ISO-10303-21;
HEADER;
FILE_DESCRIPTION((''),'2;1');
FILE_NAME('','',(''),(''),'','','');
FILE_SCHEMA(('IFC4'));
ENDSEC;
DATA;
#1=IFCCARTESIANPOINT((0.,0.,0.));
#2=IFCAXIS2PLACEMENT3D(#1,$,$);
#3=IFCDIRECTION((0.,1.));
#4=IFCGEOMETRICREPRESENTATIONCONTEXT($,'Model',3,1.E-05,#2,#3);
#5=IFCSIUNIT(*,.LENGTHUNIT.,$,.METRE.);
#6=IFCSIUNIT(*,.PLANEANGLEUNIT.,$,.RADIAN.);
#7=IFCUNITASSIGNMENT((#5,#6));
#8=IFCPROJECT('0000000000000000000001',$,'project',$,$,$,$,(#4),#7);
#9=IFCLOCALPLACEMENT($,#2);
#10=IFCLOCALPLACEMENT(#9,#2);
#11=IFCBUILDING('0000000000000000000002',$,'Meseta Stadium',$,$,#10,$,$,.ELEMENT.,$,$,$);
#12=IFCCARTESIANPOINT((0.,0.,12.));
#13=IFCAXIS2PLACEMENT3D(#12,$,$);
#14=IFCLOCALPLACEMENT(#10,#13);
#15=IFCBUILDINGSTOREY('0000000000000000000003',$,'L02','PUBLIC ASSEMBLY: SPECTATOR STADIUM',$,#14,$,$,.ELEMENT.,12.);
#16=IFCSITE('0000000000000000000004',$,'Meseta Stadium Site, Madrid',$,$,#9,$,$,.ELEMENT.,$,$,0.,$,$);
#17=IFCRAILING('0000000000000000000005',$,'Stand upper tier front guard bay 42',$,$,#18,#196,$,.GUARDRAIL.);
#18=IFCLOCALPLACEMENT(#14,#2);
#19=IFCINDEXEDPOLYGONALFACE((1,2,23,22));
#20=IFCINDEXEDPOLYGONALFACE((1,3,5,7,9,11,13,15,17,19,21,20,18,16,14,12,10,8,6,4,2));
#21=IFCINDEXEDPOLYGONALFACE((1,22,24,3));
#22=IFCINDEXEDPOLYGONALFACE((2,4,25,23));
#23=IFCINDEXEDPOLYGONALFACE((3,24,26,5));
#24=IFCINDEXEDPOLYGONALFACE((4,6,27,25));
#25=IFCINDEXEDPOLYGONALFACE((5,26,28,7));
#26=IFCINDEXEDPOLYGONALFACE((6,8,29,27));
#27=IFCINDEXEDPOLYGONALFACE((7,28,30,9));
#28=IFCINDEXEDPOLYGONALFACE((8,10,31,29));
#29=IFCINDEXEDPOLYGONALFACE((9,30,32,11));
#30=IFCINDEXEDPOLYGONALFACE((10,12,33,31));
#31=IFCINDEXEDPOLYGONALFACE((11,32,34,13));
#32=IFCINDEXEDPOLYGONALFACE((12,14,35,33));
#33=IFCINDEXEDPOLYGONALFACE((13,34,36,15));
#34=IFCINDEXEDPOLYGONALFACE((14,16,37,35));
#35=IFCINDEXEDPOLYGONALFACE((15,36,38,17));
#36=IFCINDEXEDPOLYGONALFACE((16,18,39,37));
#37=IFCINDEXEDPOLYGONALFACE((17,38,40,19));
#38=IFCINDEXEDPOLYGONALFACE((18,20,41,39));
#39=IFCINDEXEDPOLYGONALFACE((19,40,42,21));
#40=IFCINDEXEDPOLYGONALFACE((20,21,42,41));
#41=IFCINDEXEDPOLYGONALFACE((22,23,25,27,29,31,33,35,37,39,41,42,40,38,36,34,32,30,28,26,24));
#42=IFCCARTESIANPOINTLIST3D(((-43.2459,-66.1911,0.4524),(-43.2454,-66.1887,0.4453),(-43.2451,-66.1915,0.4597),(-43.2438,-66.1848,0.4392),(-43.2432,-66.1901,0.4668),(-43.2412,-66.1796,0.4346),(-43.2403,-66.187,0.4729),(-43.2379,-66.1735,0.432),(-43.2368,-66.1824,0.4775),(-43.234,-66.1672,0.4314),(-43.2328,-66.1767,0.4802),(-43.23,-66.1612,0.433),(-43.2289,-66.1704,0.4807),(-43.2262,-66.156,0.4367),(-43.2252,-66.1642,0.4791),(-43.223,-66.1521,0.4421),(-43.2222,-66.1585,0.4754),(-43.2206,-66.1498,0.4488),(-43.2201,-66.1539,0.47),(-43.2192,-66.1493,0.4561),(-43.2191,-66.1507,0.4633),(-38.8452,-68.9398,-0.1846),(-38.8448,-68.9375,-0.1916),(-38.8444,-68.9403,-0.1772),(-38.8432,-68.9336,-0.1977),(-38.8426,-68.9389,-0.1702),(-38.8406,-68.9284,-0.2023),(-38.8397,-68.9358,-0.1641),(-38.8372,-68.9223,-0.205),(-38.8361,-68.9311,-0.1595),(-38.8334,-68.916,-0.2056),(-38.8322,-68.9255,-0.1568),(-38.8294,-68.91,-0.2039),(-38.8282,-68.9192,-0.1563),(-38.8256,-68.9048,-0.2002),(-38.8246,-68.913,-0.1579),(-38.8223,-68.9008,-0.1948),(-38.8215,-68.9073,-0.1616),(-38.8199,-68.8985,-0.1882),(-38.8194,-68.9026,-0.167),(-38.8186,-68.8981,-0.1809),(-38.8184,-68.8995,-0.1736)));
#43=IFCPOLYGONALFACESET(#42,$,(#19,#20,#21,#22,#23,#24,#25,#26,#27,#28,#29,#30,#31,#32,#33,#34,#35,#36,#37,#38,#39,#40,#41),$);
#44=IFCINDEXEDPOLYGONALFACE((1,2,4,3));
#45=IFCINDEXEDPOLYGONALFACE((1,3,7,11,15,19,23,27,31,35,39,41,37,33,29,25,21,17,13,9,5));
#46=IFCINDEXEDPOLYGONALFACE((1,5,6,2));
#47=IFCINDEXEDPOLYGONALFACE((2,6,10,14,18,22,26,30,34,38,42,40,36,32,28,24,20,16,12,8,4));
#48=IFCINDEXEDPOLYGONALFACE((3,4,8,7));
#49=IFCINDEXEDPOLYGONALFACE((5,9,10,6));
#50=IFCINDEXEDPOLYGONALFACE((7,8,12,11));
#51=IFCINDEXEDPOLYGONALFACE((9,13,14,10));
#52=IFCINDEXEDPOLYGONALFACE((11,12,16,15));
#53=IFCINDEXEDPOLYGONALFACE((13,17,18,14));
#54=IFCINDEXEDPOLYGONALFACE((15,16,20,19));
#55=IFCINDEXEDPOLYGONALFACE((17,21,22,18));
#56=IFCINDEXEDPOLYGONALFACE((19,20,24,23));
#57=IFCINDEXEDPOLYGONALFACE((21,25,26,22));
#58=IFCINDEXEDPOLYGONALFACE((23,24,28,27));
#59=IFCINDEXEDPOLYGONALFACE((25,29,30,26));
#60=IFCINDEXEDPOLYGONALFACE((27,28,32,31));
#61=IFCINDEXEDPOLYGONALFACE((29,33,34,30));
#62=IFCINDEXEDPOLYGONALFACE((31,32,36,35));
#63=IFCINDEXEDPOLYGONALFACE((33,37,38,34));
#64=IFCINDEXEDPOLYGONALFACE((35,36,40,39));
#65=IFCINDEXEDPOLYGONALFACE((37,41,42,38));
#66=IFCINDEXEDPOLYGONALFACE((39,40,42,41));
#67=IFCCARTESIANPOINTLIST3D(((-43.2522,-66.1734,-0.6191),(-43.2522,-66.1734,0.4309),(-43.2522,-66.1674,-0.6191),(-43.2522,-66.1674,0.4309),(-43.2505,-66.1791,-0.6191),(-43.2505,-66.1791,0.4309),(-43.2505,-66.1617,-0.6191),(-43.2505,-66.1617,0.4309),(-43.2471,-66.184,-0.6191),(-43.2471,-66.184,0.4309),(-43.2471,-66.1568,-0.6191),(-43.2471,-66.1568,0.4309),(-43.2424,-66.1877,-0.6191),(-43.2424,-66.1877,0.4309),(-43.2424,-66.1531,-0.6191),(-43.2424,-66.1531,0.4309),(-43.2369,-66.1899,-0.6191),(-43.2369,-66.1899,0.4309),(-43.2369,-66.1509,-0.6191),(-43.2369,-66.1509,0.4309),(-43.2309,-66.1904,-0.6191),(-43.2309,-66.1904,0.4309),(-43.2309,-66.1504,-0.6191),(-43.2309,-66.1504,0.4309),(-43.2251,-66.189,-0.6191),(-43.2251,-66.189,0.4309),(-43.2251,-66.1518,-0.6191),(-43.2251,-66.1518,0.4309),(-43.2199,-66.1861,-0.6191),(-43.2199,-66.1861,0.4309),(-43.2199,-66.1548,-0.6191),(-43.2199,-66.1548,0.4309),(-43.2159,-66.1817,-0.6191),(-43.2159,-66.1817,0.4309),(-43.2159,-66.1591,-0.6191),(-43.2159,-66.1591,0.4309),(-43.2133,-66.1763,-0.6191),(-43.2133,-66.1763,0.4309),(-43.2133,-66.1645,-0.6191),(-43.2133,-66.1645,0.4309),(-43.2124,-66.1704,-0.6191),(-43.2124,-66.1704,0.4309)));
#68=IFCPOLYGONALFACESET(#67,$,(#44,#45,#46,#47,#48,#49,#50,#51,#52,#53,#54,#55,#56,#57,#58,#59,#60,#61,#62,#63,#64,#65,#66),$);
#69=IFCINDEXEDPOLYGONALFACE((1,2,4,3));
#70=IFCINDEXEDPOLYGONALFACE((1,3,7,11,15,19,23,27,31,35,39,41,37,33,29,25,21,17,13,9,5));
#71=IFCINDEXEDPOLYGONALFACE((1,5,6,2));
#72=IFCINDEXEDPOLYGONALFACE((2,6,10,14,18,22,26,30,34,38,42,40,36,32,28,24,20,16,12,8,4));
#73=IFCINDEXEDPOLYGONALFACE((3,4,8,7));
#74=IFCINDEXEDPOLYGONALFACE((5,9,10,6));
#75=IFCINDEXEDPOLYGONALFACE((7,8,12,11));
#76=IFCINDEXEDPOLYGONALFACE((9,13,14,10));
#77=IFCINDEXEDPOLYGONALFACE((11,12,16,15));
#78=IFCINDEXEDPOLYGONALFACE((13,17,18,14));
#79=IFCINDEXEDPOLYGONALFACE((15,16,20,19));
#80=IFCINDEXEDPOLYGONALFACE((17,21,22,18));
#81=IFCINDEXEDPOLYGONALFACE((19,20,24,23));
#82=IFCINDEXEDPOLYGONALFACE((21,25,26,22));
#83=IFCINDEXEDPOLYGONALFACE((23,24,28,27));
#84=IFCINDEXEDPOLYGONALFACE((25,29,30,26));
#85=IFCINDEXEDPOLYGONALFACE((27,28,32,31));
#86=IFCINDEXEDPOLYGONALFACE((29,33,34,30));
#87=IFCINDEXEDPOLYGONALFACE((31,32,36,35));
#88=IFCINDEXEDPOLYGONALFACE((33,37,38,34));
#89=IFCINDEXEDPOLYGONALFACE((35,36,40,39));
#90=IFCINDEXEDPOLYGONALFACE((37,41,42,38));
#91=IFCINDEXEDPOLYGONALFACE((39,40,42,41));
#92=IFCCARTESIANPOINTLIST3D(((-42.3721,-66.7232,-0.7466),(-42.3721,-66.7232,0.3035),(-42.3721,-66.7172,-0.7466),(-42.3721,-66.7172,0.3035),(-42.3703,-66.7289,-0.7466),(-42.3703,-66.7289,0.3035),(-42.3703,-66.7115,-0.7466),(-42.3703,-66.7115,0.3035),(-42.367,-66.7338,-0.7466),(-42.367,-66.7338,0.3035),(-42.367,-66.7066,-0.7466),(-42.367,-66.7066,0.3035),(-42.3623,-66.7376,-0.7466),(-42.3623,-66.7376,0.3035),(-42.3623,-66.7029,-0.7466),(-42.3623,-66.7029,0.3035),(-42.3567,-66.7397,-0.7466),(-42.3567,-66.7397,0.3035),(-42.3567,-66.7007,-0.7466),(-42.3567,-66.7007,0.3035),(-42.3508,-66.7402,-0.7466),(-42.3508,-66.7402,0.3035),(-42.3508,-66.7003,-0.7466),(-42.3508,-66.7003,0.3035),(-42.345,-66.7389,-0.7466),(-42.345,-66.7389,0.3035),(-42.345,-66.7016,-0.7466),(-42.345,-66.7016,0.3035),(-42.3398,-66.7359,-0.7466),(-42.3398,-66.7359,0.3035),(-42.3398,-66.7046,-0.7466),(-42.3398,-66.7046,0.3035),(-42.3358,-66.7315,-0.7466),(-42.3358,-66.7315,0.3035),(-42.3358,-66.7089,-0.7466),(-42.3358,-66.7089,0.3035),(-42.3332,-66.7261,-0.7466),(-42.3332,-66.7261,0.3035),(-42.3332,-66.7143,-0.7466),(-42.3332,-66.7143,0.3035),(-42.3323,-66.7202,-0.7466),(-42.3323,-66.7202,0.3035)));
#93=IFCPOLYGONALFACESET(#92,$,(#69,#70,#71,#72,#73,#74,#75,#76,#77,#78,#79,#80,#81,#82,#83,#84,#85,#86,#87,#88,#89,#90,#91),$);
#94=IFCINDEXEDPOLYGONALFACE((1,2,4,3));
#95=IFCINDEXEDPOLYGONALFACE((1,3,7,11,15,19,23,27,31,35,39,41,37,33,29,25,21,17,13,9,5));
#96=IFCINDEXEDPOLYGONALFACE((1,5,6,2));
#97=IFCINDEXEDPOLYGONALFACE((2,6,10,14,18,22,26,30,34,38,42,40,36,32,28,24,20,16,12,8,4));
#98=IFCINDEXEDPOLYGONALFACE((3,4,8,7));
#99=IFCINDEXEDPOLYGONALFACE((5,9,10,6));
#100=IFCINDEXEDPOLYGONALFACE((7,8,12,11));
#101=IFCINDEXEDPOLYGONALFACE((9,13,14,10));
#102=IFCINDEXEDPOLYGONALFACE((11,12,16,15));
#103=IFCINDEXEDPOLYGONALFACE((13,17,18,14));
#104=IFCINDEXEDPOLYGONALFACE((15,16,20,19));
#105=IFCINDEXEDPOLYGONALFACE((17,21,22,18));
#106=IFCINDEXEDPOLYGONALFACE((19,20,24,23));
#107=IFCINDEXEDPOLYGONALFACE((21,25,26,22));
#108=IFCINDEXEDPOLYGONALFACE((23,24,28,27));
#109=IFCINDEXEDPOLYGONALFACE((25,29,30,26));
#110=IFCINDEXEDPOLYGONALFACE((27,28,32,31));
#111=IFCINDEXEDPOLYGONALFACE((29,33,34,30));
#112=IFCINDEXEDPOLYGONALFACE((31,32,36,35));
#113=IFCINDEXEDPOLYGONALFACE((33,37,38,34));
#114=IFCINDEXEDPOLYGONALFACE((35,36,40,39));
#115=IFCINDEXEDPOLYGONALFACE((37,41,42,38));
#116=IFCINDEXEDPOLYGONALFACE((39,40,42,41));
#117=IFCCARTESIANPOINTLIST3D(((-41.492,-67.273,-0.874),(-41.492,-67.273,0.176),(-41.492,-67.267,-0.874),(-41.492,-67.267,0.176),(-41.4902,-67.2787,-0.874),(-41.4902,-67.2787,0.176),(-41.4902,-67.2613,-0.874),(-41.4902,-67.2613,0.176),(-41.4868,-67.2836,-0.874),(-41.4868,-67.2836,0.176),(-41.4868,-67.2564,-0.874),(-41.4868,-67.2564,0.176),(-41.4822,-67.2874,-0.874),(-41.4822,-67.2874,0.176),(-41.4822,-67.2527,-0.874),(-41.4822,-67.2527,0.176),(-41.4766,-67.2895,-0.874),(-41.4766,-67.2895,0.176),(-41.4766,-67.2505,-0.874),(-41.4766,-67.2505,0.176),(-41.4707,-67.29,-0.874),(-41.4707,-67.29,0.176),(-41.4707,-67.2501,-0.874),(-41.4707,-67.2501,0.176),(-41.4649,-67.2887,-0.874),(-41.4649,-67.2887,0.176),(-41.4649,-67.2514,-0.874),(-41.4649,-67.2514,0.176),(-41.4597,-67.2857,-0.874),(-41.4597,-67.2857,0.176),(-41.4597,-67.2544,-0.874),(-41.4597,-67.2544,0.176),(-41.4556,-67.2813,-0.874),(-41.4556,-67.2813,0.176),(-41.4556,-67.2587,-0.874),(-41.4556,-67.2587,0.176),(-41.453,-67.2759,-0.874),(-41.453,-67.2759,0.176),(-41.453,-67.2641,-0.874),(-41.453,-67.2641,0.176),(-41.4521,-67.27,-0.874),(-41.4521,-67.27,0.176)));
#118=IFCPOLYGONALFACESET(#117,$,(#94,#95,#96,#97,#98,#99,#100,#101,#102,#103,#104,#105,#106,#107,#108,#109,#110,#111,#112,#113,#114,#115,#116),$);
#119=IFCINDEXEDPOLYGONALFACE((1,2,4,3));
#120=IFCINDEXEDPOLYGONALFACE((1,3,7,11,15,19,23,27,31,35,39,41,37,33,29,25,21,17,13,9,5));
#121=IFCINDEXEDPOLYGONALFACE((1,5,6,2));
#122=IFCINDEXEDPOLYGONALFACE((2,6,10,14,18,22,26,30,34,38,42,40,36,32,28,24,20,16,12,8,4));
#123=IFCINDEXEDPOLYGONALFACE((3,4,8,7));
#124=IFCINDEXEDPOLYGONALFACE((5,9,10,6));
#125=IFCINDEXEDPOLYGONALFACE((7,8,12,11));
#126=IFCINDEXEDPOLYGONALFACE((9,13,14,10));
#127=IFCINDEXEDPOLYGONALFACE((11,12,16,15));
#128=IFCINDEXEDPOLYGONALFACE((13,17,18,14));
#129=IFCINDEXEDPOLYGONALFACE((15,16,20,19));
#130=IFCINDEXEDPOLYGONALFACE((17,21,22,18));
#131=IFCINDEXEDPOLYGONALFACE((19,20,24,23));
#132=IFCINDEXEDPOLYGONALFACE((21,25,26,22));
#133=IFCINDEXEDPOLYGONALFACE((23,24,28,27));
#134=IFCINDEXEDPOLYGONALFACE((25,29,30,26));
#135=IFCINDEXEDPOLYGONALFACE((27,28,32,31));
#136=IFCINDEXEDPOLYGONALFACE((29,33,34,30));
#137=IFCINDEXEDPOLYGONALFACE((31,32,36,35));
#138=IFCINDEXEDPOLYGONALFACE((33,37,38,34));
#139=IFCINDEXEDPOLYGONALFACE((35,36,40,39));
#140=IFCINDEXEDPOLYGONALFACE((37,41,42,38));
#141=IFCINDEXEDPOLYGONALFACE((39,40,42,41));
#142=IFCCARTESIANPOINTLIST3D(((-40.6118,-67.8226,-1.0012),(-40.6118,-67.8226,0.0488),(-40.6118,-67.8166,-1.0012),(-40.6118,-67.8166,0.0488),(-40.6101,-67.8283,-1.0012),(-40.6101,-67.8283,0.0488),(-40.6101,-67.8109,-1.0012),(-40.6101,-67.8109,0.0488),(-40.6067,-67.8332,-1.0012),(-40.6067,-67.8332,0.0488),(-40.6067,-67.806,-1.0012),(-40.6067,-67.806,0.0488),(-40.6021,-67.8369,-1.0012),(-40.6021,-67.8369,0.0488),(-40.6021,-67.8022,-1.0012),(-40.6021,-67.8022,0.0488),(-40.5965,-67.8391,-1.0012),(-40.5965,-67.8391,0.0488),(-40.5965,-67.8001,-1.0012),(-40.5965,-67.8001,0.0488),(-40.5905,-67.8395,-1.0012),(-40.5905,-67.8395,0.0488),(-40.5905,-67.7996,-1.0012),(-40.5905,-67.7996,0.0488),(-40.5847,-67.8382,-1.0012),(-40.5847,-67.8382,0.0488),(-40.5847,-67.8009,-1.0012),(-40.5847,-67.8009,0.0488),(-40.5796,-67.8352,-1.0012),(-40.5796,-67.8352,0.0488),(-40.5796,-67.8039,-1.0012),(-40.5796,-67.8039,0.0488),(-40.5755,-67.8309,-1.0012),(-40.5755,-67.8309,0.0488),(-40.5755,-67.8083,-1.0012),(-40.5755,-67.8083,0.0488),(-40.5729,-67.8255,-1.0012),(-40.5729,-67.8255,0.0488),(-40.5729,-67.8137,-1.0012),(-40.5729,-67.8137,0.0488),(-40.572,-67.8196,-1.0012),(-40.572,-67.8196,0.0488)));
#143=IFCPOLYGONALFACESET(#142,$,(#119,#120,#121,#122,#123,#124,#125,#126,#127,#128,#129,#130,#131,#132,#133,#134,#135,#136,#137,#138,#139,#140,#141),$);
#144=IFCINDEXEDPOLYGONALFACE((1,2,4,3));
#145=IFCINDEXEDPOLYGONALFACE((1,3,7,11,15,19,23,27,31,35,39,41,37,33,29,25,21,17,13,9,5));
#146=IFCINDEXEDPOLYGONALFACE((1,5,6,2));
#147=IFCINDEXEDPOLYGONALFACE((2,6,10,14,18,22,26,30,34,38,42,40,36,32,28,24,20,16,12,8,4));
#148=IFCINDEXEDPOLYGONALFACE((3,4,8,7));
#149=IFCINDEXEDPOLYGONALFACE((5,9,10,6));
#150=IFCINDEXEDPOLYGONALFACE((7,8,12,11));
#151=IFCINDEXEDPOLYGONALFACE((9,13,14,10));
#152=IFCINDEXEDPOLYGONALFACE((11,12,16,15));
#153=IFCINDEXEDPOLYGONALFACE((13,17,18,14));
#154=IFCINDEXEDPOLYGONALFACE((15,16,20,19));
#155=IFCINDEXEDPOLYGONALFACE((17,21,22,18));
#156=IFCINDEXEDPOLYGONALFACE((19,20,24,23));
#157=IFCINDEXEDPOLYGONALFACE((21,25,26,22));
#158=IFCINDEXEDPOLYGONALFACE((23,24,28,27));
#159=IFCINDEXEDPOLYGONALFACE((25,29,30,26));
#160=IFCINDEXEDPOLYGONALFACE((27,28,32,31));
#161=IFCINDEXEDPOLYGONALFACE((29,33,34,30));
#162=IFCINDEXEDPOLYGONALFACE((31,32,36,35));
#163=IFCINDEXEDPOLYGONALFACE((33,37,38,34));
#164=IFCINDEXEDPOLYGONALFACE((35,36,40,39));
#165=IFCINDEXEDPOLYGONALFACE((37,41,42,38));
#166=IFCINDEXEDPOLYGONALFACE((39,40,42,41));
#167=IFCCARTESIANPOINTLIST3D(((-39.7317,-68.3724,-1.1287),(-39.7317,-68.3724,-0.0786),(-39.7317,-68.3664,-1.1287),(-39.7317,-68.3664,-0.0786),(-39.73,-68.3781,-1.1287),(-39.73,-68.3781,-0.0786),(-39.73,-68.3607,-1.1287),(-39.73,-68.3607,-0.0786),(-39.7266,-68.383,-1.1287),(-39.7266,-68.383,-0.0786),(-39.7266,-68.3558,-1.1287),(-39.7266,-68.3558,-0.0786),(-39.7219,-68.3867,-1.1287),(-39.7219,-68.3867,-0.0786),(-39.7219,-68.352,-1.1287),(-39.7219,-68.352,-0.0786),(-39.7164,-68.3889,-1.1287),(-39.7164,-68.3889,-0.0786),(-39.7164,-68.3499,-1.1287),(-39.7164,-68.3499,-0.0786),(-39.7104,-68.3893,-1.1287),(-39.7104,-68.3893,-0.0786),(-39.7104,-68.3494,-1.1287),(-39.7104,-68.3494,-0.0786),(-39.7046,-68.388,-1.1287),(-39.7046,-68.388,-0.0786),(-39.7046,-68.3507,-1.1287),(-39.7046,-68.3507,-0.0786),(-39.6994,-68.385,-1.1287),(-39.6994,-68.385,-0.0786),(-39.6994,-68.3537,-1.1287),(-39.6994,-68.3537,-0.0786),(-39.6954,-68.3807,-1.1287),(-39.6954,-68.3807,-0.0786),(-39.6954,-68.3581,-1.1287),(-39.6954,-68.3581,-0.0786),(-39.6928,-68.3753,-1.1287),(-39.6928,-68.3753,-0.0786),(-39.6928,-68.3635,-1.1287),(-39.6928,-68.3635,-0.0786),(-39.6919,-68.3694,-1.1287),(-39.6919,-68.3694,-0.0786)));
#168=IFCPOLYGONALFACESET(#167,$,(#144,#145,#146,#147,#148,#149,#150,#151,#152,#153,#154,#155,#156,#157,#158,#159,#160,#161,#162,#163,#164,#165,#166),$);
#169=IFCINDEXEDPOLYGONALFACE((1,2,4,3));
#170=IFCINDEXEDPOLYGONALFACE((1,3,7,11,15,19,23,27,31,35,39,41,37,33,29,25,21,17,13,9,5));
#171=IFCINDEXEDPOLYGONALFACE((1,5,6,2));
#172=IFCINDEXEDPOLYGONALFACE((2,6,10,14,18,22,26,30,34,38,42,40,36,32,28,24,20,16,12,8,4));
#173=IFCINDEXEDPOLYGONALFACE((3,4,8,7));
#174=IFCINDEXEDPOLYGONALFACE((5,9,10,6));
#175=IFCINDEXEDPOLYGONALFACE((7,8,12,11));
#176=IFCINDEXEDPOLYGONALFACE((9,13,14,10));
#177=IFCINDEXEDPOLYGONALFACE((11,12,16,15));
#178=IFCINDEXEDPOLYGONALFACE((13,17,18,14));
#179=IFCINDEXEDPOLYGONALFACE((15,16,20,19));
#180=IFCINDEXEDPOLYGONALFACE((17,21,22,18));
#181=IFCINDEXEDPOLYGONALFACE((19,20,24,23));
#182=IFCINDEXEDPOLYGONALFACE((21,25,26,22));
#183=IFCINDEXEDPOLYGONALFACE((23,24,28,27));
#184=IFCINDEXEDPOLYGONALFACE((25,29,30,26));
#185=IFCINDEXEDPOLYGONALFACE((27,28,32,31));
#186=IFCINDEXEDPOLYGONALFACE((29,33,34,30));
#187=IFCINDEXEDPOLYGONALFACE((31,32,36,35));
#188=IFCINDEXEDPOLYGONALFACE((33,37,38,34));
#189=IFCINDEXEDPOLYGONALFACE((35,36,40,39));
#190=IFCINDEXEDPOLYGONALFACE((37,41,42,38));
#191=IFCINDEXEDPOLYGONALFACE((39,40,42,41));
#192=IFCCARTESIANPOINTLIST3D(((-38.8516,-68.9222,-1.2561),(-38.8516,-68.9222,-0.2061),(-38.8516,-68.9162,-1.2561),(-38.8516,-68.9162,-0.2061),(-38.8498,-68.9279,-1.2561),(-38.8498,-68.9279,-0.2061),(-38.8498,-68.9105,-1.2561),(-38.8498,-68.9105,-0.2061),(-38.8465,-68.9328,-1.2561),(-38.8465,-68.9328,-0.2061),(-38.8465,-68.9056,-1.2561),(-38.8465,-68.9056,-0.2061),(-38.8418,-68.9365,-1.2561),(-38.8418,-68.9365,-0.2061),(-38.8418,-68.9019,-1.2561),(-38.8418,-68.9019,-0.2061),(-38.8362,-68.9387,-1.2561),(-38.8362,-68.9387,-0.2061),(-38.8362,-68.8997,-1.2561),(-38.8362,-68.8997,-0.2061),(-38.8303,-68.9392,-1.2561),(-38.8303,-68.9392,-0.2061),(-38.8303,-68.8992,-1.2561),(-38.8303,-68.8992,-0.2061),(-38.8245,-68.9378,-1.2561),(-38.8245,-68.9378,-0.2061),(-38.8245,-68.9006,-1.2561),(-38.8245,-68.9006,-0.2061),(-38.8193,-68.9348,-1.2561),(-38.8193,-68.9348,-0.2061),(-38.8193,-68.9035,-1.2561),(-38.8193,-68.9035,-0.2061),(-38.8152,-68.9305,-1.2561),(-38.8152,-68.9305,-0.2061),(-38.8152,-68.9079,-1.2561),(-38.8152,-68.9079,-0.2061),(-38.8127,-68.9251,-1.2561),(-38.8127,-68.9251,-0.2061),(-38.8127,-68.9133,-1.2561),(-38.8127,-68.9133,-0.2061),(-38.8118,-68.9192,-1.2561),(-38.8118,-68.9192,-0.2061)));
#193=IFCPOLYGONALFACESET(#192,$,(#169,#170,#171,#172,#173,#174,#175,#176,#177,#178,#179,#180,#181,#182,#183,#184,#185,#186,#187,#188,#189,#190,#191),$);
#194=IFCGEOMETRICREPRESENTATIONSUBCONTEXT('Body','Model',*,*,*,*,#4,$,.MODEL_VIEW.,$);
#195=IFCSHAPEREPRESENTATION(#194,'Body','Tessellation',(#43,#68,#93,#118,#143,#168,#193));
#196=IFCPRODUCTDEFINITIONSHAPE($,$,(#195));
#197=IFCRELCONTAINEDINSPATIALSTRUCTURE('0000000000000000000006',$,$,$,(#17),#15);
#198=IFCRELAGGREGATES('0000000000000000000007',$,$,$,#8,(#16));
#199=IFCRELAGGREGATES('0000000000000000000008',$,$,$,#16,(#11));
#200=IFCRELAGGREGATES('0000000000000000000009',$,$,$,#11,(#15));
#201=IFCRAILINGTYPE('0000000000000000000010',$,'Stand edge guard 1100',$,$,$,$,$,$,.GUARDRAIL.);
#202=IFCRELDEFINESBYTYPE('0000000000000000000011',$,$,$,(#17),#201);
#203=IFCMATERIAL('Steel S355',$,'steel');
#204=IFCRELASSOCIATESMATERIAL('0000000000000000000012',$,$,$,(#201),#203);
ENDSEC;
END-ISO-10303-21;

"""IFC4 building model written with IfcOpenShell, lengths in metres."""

from ifc_helpers import new_model, si_unit, direction, frame, origin, origin_2d, place, context, subcontext, project, spatial, circle, extrude, material, type_object, element, save


model = new_model("IFC4")

# Units and contexts
model_context = context("Model", 3, precision=1e-05, world=origin(), true_north=direction((0.0, 1.0)))
body_context = subcontext(model_context, "Body", "Model", "MODEL_VIEW")
ifc_project = project(units=[si_unit("LENGTHUNIT", "METRE"), si_unit("PLANEANGLEUNIT", "RADIAN")], contexts=[model_context])

# Site, building, storey
site_placement = place(None, origin())
site = spatial("IfcSite", under=ifc_project, at=site_placement, Name="Meseta Stadium Site, Madrid", CompositionType="ELEMENT", RefElevation=0.0)
building_placement = place(site_placement, origin())
building = spatial("IfcBuilding", under=site, at=building_placement, Name="Meseta Stadium", CompositionType="ELEMENT")
storey_placement = place(building_placement, frame((0.0, 0.0, 12.0)))
storey = spatial("IfcBuildingStorey", under=building, at=storey_placement, Name="L02", Description="PUBLIC ASSEMBLY: SPECTATOR STADIUM", CompositionType="ELEMENT", Elevation=12.0)

# Railing
ifc_material_1 = material(Name="Steel S355", Category="steel")
railing_type = type_object("IfcRailingType", Name="Stand edge guard 1100", PredefinedType="GUARDRAIL", material=ifc_material_1)
railing_1_placement = place(storey_placement, frame((-43.2324, -66.1704, -0.6191)))
element("IfcRailing", 1, at=railing_1_placement, inside=storey, type_object=railing_type, Name="Stand upper tier front guard bay 42", PredefinedType="GUARDRAIL", context=body_context, shape_type="SweptSolid", body=[
    extrude(circle(Radius=0.0249, at=origin_2d()), frame((0.0, 0.0, 1.0752), z_axis=(0.841819, -0.525827, -0.121848), x_axis=(0.529775, 0.848138, 0.0)), (0.0, 0.0, 1.0), 5.2275),
    extrude(circle(Radius=0.02, at=origin_2d()), origin(), (0.0, 0.0, 1.0), 1.05),
    extrude(circle(Radius=0.02, at=origin_2d()), frame((0.8801, -0.5498, -0.1274)), (0.0, 0.0, 1.0), 1.05),
    extrude(circle(Radius=0.02, at=origin_2d()), frame((1.7603, -1.0996, -0.2549)), (0.0, 0.0, 1.0), 1.05),
    extrude(circle(Radius=0.02, at=origin_2d()), frame((2.6404, -1.6492, -0.3821)), (0.0, 0.0, 1.0), 1.05),
    extrude(circle(Radius=0.02, at=origin_2d()), frame((3.5205, -2.199, -0.5095)), (0.0, 0.0, 1.0), 1.05),
    extrude(circle(Radius=0.02, at=origin_2d()), frame((4.4006, -2.7488, -0.637)), (0.0, 0.0, 1.0), 1.05),
])

save(model, "model.ifc")
